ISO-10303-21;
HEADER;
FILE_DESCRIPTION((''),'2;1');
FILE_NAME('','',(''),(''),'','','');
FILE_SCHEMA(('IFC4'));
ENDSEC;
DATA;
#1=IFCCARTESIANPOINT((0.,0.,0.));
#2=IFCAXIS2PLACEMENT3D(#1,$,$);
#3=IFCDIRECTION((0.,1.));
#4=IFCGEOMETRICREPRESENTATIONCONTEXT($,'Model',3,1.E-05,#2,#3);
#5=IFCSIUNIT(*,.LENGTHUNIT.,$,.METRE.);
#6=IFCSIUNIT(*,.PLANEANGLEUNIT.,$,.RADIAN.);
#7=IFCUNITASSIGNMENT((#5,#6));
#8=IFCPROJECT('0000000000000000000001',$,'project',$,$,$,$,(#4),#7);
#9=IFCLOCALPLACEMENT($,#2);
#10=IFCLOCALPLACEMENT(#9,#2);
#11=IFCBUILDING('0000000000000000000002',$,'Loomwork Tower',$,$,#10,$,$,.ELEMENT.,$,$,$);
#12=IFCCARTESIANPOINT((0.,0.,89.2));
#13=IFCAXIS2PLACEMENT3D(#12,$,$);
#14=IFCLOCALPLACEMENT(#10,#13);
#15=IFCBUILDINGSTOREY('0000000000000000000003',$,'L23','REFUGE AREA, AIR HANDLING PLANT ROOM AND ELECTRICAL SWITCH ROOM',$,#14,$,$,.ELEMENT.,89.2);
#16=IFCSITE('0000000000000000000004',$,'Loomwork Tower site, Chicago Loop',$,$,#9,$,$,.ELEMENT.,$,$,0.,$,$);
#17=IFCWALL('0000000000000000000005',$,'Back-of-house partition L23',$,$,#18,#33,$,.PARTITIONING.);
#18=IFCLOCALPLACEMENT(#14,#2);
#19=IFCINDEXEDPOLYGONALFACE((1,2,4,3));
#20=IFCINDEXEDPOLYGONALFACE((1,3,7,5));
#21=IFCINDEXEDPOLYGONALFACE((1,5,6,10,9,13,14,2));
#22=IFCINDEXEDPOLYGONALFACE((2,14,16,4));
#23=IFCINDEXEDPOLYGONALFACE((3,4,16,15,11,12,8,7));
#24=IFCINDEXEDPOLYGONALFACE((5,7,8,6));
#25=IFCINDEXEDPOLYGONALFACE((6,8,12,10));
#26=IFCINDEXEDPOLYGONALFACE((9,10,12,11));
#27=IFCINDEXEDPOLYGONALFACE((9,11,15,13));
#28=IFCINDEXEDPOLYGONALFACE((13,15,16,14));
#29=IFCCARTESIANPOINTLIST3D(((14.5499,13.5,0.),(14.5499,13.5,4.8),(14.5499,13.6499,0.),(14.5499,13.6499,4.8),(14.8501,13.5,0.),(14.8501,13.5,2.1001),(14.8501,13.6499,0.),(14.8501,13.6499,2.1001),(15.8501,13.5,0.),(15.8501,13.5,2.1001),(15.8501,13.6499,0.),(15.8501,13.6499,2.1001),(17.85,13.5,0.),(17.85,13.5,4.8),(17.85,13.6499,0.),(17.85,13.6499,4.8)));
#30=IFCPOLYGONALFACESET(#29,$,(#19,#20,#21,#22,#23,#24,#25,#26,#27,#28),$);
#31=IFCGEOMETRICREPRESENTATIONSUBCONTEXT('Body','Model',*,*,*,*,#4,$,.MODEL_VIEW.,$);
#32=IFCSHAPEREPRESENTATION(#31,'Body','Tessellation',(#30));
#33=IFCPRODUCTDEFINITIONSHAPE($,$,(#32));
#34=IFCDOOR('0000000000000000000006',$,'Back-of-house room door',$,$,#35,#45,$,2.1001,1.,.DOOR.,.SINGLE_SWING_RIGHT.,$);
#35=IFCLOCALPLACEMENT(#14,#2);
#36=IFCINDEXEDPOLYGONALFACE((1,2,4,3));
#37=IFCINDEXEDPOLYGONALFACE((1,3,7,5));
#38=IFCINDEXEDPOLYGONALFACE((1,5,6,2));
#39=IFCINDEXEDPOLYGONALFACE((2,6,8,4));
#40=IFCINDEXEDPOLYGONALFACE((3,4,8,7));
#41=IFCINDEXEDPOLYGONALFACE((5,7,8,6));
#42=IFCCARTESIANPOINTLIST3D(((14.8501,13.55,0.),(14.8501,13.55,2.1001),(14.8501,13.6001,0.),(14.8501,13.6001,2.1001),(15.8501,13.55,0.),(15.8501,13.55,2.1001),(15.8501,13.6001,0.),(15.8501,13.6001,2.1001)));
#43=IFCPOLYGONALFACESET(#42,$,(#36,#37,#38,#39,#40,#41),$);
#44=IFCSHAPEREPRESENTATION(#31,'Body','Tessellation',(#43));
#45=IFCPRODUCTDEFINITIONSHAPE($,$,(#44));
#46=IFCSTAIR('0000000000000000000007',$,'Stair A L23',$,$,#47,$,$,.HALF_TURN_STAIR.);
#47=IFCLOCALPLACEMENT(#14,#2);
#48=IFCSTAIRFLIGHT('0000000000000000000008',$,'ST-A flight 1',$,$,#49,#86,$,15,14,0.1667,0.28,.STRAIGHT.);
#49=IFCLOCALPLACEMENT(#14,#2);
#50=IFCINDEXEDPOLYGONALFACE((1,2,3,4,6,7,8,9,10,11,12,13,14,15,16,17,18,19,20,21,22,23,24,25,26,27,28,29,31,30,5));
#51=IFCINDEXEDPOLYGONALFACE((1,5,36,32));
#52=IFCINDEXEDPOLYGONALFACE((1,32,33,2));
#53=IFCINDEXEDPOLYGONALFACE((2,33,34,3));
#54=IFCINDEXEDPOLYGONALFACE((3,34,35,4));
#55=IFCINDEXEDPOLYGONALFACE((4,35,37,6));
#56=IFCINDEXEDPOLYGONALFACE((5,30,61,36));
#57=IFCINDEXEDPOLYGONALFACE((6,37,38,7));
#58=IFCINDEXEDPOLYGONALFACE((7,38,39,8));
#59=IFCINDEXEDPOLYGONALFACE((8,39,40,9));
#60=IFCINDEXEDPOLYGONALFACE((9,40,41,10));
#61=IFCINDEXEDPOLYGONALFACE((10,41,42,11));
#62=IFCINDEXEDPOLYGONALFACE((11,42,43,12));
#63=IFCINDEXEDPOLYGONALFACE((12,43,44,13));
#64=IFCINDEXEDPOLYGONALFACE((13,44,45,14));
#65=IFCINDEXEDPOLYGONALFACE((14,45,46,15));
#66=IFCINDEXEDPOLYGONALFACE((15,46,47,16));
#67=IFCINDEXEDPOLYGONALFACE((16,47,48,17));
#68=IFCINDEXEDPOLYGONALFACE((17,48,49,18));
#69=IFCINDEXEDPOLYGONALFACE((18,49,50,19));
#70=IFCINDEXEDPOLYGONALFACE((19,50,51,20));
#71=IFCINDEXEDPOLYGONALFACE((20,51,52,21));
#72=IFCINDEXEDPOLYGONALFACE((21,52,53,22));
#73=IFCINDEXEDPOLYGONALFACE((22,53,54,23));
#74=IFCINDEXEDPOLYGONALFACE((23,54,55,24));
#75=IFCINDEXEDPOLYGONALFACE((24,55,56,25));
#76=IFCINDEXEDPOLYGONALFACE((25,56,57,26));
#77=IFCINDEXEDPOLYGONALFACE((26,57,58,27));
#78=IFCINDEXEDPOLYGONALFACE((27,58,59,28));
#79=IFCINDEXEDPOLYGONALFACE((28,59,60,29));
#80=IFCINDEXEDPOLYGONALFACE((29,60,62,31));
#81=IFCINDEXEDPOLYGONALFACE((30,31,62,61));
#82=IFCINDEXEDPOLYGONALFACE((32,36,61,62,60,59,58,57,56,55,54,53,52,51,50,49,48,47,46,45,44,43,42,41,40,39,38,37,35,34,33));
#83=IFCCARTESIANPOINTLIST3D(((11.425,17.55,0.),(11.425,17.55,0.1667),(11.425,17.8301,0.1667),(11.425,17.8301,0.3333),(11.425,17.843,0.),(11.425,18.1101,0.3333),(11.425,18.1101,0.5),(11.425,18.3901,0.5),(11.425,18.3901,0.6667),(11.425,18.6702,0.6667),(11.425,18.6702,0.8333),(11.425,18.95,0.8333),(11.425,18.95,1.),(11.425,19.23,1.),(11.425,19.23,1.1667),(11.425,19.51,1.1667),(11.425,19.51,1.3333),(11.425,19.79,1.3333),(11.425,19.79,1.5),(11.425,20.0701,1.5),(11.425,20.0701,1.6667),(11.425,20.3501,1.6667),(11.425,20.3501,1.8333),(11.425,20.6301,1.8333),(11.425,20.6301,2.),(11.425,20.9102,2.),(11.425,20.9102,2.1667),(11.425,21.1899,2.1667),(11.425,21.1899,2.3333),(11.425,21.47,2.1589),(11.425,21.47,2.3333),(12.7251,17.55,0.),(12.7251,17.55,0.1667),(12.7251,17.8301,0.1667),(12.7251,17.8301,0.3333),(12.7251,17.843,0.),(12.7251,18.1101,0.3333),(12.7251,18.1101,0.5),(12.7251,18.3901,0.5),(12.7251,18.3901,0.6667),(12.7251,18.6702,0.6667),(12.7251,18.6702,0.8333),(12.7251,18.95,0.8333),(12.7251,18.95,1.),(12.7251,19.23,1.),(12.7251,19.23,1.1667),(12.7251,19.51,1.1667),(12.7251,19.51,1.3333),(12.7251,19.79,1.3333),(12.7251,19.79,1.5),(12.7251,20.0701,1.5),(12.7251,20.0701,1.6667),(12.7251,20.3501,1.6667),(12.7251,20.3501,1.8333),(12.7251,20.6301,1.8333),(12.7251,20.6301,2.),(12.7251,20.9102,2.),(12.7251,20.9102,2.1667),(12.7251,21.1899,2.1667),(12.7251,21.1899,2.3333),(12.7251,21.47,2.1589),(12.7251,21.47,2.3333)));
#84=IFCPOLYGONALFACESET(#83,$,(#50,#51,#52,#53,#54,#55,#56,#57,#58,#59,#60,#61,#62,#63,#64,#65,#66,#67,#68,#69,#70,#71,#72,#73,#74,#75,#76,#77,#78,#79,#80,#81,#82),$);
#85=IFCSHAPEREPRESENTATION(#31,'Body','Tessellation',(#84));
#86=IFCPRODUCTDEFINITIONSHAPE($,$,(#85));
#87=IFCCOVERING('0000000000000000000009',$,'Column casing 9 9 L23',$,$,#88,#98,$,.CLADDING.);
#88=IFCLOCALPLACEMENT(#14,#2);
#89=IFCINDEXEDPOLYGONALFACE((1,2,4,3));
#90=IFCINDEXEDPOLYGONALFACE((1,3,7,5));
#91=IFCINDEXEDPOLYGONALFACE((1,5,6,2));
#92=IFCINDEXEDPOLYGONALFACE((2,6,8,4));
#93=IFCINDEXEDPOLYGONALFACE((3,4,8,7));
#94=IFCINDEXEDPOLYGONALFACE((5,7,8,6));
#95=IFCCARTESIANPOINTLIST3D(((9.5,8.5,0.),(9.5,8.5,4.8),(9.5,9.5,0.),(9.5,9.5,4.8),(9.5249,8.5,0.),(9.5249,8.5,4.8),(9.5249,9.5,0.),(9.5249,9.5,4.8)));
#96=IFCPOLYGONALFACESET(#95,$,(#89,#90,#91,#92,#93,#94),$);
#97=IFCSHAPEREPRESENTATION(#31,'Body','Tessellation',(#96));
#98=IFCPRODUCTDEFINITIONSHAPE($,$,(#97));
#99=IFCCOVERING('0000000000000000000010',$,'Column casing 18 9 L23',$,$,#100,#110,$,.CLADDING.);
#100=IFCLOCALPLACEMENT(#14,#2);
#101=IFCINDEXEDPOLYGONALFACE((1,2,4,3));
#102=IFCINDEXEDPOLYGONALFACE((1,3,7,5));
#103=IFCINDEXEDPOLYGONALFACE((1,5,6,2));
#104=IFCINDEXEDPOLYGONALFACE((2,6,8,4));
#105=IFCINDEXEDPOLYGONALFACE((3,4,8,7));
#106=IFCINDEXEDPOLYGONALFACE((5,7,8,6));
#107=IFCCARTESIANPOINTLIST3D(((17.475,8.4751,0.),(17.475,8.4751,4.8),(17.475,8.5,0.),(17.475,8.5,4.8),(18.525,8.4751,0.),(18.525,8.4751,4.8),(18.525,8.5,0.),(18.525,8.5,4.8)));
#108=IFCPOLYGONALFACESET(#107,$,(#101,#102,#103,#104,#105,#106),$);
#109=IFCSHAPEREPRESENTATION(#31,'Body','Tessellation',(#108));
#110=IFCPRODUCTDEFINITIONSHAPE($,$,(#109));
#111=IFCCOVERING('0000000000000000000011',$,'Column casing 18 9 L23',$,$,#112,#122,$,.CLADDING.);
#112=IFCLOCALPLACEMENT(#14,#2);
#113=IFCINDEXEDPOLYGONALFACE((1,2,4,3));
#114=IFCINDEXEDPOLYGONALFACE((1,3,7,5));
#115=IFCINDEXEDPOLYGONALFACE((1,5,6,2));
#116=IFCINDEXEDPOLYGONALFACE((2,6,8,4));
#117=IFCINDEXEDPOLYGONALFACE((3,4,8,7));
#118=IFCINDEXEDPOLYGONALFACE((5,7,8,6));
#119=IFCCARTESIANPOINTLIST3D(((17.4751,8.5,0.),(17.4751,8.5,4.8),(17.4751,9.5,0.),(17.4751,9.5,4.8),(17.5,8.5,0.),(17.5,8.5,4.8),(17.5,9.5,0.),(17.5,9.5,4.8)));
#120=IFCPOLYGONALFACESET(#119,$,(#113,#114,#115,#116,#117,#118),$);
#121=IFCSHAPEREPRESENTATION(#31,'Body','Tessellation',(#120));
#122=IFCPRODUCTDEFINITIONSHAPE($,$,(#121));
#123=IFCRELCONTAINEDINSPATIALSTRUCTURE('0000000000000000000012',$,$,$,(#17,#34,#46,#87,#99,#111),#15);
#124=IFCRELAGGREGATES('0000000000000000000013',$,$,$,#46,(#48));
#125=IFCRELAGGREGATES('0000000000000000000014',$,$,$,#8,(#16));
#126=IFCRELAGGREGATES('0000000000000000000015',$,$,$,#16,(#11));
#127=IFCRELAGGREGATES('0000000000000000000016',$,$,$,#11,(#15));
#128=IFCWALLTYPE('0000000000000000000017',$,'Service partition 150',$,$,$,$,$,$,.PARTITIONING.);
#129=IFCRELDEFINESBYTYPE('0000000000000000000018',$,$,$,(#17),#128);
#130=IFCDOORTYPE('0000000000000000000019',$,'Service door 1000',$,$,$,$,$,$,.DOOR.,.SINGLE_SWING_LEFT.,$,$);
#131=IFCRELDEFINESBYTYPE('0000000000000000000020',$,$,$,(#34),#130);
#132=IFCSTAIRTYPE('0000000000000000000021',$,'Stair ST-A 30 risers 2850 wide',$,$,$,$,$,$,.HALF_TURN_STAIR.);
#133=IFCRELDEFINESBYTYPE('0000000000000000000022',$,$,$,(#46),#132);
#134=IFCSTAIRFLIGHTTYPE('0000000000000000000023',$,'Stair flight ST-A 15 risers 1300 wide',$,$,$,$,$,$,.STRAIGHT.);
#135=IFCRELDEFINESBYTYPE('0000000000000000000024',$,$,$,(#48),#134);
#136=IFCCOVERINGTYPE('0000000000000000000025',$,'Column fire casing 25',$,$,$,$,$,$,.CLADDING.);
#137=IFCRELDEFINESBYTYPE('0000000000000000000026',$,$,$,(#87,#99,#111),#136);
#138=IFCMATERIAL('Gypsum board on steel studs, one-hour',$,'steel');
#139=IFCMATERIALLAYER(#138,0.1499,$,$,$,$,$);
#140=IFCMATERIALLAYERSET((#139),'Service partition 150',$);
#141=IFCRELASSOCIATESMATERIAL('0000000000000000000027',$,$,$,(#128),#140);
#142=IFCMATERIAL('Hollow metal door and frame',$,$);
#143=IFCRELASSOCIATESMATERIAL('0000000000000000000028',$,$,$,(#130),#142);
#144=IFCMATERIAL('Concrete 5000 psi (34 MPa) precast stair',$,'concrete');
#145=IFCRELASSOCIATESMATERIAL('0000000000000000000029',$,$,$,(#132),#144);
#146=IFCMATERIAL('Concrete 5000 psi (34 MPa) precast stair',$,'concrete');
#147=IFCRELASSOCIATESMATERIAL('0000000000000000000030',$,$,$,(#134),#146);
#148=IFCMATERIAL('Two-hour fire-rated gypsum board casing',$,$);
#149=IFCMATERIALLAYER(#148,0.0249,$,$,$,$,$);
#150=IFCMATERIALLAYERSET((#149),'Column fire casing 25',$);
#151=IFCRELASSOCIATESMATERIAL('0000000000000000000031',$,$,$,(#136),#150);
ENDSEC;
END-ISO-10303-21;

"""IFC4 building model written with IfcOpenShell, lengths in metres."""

from ifc_helpers import new_model, si_unit, direction, frame, frame_2d, origin, origin_2d, place, context, subcontext, project, spatial, polyline, rectangle, outline, extrude, material, layer, layer_set, type_object, element, fill, aggregate, save


model = new_model("IFC4")

# Units and contexts
model_context = context("Model", 3, precision=1e-05, world=origin(), true_north=direction((0.0, 1.0)))
body_context = subcontext(model_context, "Body", "Model", "MODEL_VIEW")
ifc_project = project(units=[si_unit("LENGTHUNIT", "METRE"), si_unit("PLANEANGLEUNIT", "RADIAN")], contexts=[model_context])

# Site, building, storey
site_placement = place(None, origin())
site = spatial("IfcSite", under=ifc_project, at=site_placement, Name="Loomwork Tower site, Chicago Loop", CompositionType="ELEMENT", RefElevation=0.0)
building_placement = place(site_placement, origin())
building = spatial("IfcBuilding", under=site, at=building_placement, Name="Loomwork Tower", CompositionType="ELEMENT")
storey_placement = place(building_placement, frame((0.0, 0.0, 89.2)))
storey = spatial("IfcBuildingStorey", under=building, at=storey_placement, Name="L23", Description="REFUGE AREA, AIR HANDLING PLANT ROOM AND ELECTRICAL SWITCH ROOM", CompositionType="ELEMENT", Elevation=89.2)

# Wall, opening, door
ifc_material_1 = material(Name="Gypsum board on steel studs, one-hour", Category="steel")
ifc_layer_1 = layer(ifc_material_1, 0.1499)
ifc_layer_set_1 = layer_set([ifc_layer_1], Name="Service partition 150")
wall_type_1 = type_object("IfcWallType", Name="Service partition 150", PredefinedType="PARTITIONING", material=ifc_layer_set_1)
wall_1_placement = place(storey_placement, frame((14.55, 13.575, 0.0), z_axis=(0.0, 0.0, 1.0), x_axis=(1.0, 0.0, 0.0)))
wall_1 = element("IfcWall", 1, at=wall_1_placement, inside=storey, type_object=wall_type_1, Name="Back-of-house partition L23", PredefinedType="PARTITIONING", context=body_context, shape_type="SweptSolid", body=[
    extrude(rectangle(XDim=3.3, YDim=0.1499, at=frame_2d((1.6499, 0.0))), origin(), (0.0, 0.0, 1.0), 4.8),
])
opening_1_placement = place(wall_1_placement, frame((0.3, 0.0, 0.0)))
opening_1 = element("IfcOpeningElement", 2, at=opening_1_placement, cuts=wall_1, PredefinedType="OPENING", context=body_context, shape_type="SweptSolid", body=[
    extrude(rectangle(XDim=1.0, YDim=2.1001, at=frame_2d((0.5, 1.05))), frame((0.0, 0.085, 0.0), z_axis=(0.0, -1.0, 0.0), x_axis=(1.0, 0.0, 0.0)), (0.0, 0.0, 1.0), 0.1699),
])
ifc_material_2 = material(Name="Hollow metal door and frame")
door_type_1 = type_object("IfcDoorType", Name="Service door 1000", OperationType="SINGLE_SWING_LEFT", PredefinedType="DOOR", material=ifc_material_2)
door_1_placement = place(opening_1_placement, frame((1.0, 0.0, 0.0), z_axis=(0.0, 0.0, 1.0), x_axis=(-1.0, 0.0, 0.0)))
door_1 = element("IfcDoor", 3, at=door_1_placement, inside=storey, type_object=door_type_1, Name="Back-of-house room door", OperationType="SINGLE_SWING_RIGHT", OverallHeight=2.1001, OverallWidth=1.0, PredefinedType="DOOR", context=body_context, shape_type="SweptSolid", body=[
    extrude(rectangle(XDim=1.0, YDim=2.1001, at=frame_2d((0.5, 1.05))), frame((0.0, 0.0249, 0.0), z_axis=(0.0, -1.0, 0.0), x_axis=(1.0, 0.0, 0.0)), (0.0, 0.0, 1.0), 0.05),
])
fill(opening_1, door_1)

# Stair, stair flight
ifc_material_3 = material(Name="Concrete 5000 psi (34 MPa) precast stair", Category="concrete")
stair_type = type_object("IfcStairType", Name="Stair ST-A 30 risers 2850 wide", PredefinedType="HALF_TURN_STAIR", material=ifc_material_3)
stair_placement = place(storey_placement, origin())
stair = element("IfcStair", 4, at=stair_placement, inside=storey, type_object=stair_type, Name="Stair A L23", PredefinedType="HALF_TURN_STAIR")
ifc_material_4 = material(Name="Concrete 5000 psi (34 MPa) precast stair", Category="concrete")
stair_flight_type = type_object("IfcStairFlightType", Name="Stair flight ST-A 15 risers 1300 wide", PredefinedType="STRAIGHT", material=ifc_material_4)
stair_flight_placement = place(storey_placement, frame((12.075, 17.55, 0.0), z_axis=(0.0, 0.0, 1.0), x_axis=(0.0, 1.0, 0.0)))
stair_flight = element("IfcStairFlight", 5, at=stair_flight_placement, type_object=stair_flight_type, Name="ST-A flight 1", NumberOfRisers=15, NumberOfTreads=14, PredefinedType="STRAIGHT", RiserHeight=0.1667, TreadLength=0.28, context=body_context, shape_type="SweptSolid", body=[
    extrude(outline(polyline([(0.0, 0.0), (0.0, 0.1667), (0.28, 0.1667), (0.28, 0.3333), (0.5601, 0.3333), (0.5601, 0.5), (0.8401, 0.5), (0.8401, 0.6667), (1.1201, 0.6667), (1.1201, 0.8333), (1.3999, 0.8333), (1.3999, 1.0), (1.6799, 1.0), (1.6799, 1.1667), (1.96, 1.1667), (1.96, 1.3333), (2.24, 1.3333), (2.24, 1.5), (2.52, 1.5), (2.52, 1.6667), (2.8, 1.6667), (2.8, 1.8333), (3.0801, 1.8333), (3.0801, 2.0), (3.3601, 2.0), (3.3601, 2.1667), (3.6399, 2.1667), (3.6399, 2.3333), (3.9199, 2.3333), (3.9199, 2.5), (3.9199, 2.1589), (0.293, 0.0), (0.0, 0.0)])), frame((0.0, 0.6499, 0.0), z_axis=(0.0, -1.0, 0.0), x_axis=(1.0, 0.0, 0.0)), (0.0, 0.0, 1.0), 1.3),
])
aggregate(stair, [stair_flight])

# Coverings
ifc_material_5 = material(Name="Two-hour fire-rated gypsum board casing")
ifc_layer_2 = layer(ifc_material_5, 0.0249)
ifc_layer_set_2 = layer_set([ifc_layer_2], Name="Column fire casing 25")
covering_type = type_object("IfcCoveringType", Name="Column fire casing 25", PredefinedType="CLADDING", material=ifc_layer_set_2)
covering_1_placement = place(storey_placement, frame((9.5125, 9.0, 0.0), z_axis=(0.0, 0.0, 1.0), x_axis=(1.0, 0.0, 0.0)))
element("IfcCovering", 6, at=covering_1_placement, inside=storey, type_object=covering_type, Name="Column casing 9 9 L23", PredefinedType="CLADDING", context=body_context, shape_type="SweptSolid", body=[
    extrude(rectangle(XDim=0.0249, YDim=1.0, at=origin_2d()), origin(), (0.0, 0.0, 1.0), 4.8),
])
covering_2_placement = place(storey_placement, frame((18.0, 8.4875, 0.0), z_axis=(0.0, 0.0, 1.0), x_axis=(1.0, 0.0, 0.0)))
element("IfcCovering", 7, at=covering_2_placement, inside=storey, type_object=covering_type, Name="Column casing 18 9 L23", PredefinedType="CLADDING", context=body_context, shape_type="SweptSolid", body=[
    extrude(rectangle(XDim=1.05, YDim=0.0249, at=origin_2d()), origin(), (0.0, 0.0, 1.0), 4.8),
])
covering_3_placement = place(storey_placement, frame((17.4875, 9.0, 0.0), z_axis=(0.0, 0.0, 1.0), x_axis=(1.0, 0.0, 0.0)))
element("IfcCovering", 8, at=covering_3_placement, inside=storey, type_object=covering_type, Name="Column casing 18 9 L23", PredefinedType="CLADDING", context=body_context, shape_type="SweptSolid", body=[
    extrude(rectangle(XDim=0.0249, YDim=1.0, at=origin_2d()), origin(), (0.0, 0.0, 1.0), 4.8),
])

save(model, "model.ifc")
